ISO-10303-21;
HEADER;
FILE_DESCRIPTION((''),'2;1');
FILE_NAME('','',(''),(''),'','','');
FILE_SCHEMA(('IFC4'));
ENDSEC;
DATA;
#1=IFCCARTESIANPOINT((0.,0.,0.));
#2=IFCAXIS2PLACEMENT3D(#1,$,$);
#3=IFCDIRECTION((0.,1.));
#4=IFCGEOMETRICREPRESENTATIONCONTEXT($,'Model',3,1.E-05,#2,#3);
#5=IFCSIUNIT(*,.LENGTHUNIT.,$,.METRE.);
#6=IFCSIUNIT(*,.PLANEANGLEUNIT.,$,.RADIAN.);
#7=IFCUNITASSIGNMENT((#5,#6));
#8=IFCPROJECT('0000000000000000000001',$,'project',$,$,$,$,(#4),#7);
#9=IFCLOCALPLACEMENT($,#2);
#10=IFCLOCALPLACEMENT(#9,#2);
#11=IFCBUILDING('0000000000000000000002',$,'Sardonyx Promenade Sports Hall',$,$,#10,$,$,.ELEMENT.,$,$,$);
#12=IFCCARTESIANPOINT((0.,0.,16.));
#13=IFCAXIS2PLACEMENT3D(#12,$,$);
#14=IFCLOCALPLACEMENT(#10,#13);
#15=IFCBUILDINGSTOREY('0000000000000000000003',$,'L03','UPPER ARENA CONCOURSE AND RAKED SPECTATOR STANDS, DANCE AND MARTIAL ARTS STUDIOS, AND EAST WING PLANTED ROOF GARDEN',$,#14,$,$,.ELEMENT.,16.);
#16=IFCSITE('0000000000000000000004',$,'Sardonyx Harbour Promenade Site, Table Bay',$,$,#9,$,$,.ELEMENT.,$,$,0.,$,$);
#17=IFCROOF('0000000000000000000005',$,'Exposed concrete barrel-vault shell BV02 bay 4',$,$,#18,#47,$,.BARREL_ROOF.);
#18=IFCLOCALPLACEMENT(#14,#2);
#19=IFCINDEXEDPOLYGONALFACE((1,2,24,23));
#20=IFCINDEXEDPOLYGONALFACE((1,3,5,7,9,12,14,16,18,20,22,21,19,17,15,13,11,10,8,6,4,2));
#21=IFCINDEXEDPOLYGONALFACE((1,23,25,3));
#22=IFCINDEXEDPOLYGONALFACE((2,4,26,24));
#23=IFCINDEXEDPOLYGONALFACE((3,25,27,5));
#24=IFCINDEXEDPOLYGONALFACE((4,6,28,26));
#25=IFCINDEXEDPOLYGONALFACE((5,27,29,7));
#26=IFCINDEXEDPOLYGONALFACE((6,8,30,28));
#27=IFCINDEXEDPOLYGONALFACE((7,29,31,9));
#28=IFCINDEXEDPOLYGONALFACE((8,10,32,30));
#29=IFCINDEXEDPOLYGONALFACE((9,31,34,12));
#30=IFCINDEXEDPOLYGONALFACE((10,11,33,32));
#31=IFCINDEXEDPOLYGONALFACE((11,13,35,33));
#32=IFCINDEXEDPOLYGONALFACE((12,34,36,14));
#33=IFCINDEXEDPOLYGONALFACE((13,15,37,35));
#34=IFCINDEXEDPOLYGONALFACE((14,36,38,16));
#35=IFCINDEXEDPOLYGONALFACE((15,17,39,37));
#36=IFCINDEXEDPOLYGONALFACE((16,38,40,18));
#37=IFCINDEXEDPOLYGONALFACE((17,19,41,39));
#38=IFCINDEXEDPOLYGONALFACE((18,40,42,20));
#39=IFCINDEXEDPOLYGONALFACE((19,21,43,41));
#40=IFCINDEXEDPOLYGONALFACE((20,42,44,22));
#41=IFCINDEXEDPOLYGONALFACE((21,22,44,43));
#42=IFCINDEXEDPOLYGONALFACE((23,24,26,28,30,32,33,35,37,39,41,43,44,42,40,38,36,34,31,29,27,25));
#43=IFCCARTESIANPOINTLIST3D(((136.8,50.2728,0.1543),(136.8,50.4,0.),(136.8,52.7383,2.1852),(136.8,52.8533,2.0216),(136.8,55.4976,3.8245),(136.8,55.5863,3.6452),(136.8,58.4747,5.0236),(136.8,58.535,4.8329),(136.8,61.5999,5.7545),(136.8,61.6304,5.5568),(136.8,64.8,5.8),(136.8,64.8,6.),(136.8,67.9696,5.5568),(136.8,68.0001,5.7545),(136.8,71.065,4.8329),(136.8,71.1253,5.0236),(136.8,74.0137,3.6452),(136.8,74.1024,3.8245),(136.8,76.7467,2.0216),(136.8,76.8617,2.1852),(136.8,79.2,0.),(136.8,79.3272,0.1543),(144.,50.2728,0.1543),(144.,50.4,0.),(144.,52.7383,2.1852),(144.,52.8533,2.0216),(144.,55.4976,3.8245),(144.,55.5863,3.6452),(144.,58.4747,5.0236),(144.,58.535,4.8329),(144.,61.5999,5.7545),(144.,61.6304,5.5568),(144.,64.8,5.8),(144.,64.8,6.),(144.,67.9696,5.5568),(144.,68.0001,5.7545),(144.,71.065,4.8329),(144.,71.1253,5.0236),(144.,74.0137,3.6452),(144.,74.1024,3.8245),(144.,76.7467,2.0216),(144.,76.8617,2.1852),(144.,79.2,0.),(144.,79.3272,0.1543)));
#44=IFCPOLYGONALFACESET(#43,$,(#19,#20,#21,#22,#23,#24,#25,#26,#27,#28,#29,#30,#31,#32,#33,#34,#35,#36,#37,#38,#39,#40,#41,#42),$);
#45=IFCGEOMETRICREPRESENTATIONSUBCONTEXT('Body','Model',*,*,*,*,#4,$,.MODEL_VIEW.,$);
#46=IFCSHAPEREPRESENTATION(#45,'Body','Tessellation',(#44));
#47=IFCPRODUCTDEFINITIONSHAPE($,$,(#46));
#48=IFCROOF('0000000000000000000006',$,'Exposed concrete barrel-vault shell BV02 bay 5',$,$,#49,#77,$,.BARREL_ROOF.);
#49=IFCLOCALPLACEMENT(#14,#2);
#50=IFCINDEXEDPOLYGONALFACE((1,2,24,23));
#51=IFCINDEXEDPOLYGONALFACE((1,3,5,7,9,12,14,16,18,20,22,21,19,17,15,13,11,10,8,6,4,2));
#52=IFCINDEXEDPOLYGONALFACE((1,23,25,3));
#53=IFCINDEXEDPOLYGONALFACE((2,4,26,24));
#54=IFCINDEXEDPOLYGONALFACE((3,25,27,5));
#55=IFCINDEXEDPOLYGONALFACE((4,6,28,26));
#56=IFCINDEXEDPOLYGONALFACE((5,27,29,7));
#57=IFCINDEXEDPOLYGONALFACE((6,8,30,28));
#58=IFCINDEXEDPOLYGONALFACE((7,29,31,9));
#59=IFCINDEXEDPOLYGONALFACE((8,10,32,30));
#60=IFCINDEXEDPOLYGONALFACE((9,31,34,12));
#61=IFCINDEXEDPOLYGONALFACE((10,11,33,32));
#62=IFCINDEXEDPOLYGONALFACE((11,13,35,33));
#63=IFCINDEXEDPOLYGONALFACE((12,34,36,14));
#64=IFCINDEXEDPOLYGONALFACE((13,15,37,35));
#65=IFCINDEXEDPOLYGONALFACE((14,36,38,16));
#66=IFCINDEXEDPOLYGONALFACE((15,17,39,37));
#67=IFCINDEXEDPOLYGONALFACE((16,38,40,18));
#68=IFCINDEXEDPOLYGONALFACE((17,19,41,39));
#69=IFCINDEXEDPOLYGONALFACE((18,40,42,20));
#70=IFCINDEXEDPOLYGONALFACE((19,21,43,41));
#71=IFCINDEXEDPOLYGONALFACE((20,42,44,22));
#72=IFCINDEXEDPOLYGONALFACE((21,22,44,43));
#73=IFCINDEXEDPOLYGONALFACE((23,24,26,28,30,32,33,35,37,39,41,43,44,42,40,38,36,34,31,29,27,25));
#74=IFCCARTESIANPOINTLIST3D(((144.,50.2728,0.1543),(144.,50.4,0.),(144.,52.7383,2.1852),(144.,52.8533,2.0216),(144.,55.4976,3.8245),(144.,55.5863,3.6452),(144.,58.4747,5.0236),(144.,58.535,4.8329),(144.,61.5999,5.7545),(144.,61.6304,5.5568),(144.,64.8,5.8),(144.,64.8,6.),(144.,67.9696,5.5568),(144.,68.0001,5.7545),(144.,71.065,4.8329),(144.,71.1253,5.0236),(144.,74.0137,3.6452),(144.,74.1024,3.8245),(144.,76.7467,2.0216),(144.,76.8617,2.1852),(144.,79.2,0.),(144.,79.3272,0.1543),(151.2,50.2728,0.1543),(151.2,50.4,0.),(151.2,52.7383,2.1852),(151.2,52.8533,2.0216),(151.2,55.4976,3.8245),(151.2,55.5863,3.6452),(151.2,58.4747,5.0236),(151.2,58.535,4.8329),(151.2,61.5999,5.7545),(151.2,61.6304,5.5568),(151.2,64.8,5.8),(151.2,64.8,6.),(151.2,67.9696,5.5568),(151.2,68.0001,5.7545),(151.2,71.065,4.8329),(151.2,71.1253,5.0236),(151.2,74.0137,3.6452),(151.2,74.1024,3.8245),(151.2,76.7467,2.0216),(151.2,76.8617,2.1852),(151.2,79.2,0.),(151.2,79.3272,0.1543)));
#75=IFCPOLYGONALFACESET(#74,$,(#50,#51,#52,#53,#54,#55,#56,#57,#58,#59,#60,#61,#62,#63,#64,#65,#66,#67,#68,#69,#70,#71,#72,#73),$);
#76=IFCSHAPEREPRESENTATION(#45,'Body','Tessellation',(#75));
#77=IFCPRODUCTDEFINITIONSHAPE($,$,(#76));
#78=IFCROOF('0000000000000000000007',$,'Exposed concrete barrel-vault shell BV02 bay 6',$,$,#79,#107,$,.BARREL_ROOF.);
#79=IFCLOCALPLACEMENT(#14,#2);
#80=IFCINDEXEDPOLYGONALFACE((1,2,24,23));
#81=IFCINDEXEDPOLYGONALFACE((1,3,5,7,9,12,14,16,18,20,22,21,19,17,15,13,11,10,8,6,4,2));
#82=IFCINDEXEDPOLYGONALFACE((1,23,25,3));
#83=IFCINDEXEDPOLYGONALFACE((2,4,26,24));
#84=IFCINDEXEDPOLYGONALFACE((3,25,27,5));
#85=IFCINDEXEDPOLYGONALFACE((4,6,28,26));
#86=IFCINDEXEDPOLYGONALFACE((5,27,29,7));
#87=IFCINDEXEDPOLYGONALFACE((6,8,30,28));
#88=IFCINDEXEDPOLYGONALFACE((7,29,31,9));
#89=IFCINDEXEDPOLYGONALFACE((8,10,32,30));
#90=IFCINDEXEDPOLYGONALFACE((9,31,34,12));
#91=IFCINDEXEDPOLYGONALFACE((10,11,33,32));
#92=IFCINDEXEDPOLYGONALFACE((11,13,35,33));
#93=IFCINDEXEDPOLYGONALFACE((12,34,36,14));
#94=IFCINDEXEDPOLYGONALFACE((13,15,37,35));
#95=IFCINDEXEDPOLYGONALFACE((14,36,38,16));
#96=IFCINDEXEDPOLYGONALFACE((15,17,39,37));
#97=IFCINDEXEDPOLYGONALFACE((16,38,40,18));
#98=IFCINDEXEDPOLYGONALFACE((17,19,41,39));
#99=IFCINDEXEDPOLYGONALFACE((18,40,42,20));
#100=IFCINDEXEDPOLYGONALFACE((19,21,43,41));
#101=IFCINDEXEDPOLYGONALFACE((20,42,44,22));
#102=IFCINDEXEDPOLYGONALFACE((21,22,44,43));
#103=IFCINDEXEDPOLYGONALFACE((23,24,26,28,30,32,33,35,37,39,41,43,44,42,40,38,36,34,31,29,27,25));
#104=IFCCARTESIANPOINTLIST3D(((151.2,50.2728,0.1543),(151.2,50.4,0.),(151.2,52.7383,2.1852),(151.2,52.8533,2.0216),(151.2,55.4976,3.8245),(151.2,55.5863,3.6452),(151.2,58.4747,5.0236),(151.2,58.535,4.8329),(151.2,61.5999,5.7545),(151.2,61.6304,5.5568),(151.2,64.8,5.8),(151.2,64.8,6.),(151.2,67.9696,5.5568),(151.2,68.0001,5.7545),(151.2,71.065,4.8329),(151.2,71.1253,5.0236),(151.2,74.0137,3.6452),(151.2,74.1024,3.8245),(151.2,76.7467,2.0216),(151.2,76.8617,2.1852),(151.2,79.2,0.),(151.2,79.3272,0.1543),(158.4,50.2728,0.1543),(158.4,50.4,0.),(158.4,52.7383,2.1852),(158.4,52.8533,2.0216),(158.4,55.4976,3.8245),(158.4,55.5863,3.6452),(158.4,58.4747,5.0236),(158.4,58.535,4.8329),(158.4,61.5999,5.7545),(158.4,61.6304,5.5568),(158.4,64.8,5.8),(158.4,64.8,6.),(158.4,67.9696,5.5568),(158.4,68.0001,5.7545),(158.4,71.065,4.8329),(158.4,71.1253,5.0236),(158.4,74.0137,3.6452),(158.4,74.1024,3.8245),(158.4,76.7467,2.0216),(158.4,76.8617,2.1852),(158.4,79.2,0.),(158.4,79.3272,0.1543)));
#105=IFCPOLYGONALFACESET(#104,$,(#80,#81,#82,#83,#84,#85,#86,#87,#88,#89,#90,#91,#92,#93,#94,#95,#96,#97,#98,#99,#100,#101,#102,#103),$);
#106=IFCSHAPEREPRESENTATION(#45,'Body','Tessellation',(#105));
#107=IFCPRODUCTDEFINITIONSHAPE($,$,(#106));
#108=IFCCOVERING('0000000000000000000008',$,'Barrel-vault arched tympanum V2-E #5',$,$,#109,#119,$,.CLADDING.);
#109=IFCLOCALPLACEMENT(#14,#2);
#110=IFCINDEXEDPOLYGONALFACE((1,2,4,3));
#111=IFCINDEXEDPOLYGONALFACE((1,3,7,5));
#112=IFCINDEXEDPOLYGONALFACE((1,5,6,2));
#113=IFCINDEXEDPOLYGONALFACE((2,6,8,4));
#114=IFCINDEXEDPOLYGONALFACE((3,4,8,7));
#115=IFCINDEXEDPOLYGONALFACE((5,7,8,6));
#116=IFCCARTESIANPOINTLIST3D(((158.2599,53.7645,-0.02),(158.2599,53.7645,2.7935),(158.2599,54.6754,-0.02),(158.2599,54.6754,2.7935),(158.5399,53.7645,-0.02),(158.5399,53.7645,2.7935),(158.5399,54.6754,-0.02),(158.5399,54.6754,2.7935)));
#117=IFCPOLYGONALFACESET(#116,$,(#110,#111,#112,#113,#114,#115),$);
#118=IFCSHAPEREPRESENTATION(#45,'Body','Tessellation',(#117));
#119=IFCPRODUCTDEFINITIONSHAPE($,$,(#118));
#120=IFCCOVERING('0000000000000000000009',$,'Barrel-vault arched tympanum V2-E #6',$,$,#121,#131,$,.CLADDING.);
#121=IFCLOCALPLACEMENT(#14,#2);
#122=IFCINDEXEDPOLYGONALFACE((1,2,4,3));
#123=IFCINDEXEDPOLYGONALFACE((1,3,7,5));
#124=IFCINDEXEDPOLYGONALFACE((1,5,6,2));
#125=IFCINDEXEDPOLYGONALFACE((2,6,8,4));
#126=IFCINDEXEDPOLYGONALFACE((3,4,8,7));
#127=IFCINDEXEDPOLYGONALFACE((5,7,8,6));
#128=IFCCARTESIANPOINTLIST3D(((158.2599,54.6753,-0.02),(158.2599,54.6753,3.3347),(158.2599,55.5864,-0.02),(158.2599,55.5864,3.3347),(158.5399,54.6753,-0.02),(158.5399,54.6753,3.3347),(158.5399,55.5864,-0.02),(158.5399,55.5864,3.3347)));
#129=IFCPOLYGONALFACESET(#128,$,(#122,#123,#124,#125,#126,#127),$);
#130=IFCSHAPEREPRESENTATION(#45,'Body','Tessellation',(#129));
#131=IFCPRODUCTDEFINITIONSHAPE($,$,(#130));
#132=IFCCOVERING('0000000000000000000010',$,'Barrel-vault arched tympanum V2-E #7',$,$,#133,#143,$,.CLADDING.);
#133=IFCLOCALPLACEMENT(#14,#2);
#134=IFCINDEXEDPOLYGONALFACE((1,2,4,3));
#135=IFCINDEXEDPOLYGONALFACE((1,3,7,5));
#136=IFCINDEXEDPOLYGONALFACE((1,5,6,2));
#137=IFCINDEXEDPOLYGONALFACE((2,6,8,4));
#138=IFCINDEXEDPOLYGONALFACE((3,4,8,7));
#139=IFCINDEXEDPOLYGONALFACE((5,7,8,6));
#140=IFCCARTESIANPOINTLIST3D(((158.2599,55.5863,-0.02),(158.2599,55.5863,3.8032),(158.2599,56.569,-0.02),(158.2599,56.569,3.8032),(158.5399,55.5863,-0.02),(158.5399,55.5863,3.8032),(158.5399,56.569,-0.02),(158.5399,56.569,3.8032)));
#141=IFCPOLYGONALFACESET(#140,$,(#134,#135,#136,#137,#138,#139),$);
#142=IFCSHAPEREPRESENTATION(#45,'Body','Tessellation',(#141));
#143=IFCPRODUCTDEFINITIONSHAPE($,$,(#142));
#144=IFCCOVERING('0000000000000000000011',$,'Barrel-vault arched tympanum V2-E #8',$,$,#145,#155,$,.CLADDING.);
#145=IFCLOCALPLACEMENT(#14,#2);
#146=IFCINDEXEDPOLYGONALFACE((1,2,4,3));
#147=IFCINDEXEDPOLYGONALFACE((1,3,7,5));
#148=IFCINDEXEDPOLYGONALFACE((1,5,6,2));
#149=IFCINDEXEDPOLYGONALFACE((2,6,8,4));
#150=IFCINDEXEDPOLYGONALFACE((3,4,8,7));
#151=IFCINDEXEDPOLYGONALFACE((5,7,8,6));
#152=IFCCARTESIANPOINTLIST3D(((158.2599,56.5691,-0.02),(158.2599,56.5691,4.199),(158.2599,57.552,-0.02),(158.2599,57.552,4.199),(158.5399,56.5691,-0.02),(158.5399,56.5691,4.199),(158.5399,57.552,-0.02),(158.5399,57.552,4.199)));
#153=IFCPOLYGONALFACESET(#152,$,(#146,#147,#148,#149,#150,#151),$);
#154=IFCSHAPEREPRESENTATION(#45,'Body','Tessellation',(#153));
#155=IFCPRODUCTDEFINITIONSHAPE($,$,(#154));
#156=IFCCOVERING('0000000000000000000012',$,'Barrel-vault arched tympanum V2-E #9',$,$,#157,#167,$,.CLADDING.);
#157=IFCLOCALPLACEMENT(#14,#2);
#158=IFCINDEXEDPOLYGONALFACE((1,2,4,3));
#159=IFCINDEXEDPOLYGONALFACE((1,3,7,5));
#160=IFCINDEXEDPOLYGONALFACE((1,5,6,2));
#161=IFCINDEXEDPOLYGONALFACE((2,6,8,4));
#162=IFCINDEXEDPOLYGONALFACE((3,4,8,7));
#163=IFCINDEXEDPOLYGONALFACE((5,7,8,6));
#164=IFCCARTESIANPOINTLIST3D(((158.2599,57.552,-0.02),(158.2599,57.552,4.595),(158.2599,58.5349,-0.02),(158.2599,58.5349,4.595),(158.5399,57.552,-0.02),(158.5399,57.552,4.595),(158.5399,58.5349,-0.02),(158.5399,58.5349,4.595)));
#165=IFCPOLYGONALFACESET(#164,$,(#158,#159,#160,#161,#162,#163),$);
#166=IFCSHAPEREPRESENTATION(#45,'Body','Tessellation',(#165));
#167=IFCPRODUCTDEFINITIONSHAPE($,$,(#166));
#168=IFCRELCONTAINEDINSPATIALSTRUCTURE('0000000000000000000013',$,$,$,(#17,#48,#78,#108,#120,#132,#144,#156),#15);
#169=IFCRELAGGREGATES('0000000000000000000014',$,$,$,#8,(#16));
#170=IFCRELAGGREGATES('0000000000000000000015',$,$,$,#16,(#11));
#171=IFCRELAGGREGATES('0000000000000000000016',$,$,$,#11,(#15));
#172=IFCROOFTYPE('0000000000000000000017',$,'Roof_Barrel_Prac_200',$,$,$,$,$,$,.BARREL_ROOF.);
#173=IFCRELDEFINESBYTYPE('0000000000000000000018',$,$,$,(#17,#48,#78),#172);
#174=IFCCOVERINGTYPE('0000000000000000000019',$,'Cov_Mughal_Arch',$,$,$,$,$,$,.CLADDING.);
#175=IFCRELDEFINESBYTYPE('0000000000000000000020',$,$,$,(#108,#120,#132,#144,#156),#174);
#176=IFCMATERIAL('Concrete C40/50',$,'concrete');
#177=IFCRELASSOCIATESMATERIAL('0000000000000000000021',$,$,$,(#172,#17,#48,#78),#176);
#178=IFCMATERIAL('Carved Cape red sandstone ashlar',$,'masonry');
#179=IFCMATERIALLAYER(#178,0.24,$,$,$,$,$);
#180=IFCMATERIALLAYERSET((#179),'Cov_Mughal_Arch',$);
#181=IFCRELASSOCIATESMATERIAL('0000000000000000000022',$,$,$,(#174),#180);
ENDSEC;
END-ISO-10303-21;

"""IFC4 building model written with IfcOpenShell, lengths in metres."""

from ifc_helpers import new_model, si_unit, direction, frame, frame_2d, origin, place, context, subcontext, project, spatial, polyline, rectangle, outline, extrude, material, layer, layer_set, type_object, element, save


model = new_model("IFC4")

# Units and contexts
model_context = context("Model", 3, precision=1e-05, world=origin(), true_north=direction((0.0, 1.0)))
body_context = subcontext(model_context, "Body", "Model", "MODEL_VIEW")
ifc_project = project(units=[si_unit("LENGTHUNIT", "METRE"), si_unit("PLANEANGLEUNIT", "RADIAN")], contexts=[model_context])

# Site, building, storey
site_placement = place(None, origin())
site = spatial("IfcSite", under=ifc_project, at=site_placement, Name="Sardonyx Harbour Promenade Site, Table Bay", CompositionType="ELEMENT", RefElevation=0.0)
building_placement = place(site_placement, origin())
building = spatial("IfcBuilding", under=site, at=building_placement, Name="Sardonyx Promenade Sports Hall", CompositionType="ELEMENT")
storey_placement = place(building_placement, frame((0.0, 0.0, 16.0)))
storey = spatial("IfcBuildingStorey", under=building, at=storey_placement, Name="L03", Description="UPPER ARENA CONCOURSE AND RAKED SPECTATOR STANDS, DANCE AND MARTIAL ARTS STUDIOS, AND EAST WING PLANTED ROOF GARDEN", CompositionType="ELEMENT", Elevation=16.0)

# Roofs
ifc_material_1 = material(Name="Concrete C40/50", Category="concrete")
roof_type = type_object("IfcRoofType", Name="Roof_Barrel_Prac_200", PredefinedType="BARREL_ROOF", material=ifc_material_1)
for number, where, z_axis, x_axis, name in (
    (1, (136.8, 64.8, 0.0), (1.0, 0.0, 0.0), (0.0, 1.0, 0.0), "Exposed concrete barrel-vault shell BV02 bay 4"),
    (2, (144.0, 64.8, 0.0), (1.0, 0.0, 0.0), (0.0, 1.0, 0.0), "Exposed concrete barrel-vault shell BV02 bay 5"),
    (3, (151.2, 64.8, 0.0), (1.0, 0.0, 0.0), (0.0, 1.0, 0.0), "Exposed concrete barrel-vault shell BV02 bay 6"),
):
    element("IfcRoof", number, at=place(storey_placement, frame(where, z_axis=z_axis, x_axis=x_axis)), inside=storey, type_object=roof_type, material=ifc_material_1, Name=name, PredefinedType="BARREL_ROOF", context=body_context, shape_type="SweptSolid", body=[
        extrude(outline(polyline([(-14.4, 0.0), (-11.9467, 2.0216), (-9.2137, 3.6452), (-6.265, 4.8329), (-3.1696, 5.5568), (0.0, 5.8), (3.1696, 5.5568), (6.265, 4.8329), (9.2137, 3.6452), (11.9467, 2.0216), (14.4, 0.0), (14.5272, 0.1543), (12.0617, 2.1852), (9.3024, 3.8245), (6.3253, 5.0236), (3.2001, 5.7545), (0.0, 6.0), (-3.2001, 5.7545), (-6.3253, 5.0236), (-9.3024, 3.8245), (-12.0617, 2.1852), (-14.5272, 0.1543), (-14.4, 0.0)])), origin(), (0.0, 0.0, 1.0), 7.2),
    ])

# Coverings
ifc_material_2 = material(Name="Carved Cape red sandstone ashlar", Category="masonry")
ifc_layer = layer(ifc_material_2, 0.24)
ifc_layer_set = layer_set([ifc_layer], Name="Cov_Mughal_Arch")
covering_type = type_object("IfcCoveringType", Name="Cov_Mughal_Arch", PredefinedType="CLADDING", material=ifc_layer_set)
covering_1_placement = place(storey_placement, frame((158.3999, 53.7644, -0.02), z_axis=(0.0, 0.0, 1.0), x_axis=(0.0, 1.0, 0.0)))
element("IfcCovering", 4, at=covering_1_placement, inside=storey, type_object=covering_type, Name="Barrel-vault arched tympanum V2-E #5", PredefinedType="CLADDING", context=body_context, shape_type="SweptSolid", body=[
    extrude(rectangle(XDim=0.9109, YDim=0.28, at=frame_2d((0.4556, 0.0))), origin(), (0.0, 0.0, 1.0), 2.8135),
])
covering_2_placement = place(storey_placement, frame((158.3999, 54.6753, -0.02), z_axis=(0.0, 0.0, 1.0), x_axis=(0.0, 1.0, 0.0)))
element("IfcCovering", 5, at=covering_2_placement, inside=storey, type_object=covering_type, Name="Barrel-vault arched tympanum V2-E #6", PredefinedType="CLADDING", context=body_context, shape_type="SweptSolid", body=[
    extrude(rectangle(XDim=0.9111, YDim=0.28, at=frame_2d((0.4556, 0.0))), origin(), (0.0, 0.0, 1.0), 3.3547),
])
covering_3_placement = place(storey_placement, frame((158.3999, 55.5864, -0.02), z_axis=(0.0, 0.0, 1.0), x_axis=(0.0, 1.0, 0.0)))
element("IfcCovering", 6, at=covering_3_placement, inside=storey, type_object=covering_type, Name="Barrel-vault arched tympanum V2-E #7", PredefinedType="CLADDING", context=body_context, shape_type="SweptSolid", body=[
    extrude(rectangle(XDim=0.9827, YDim=0.28, at=frame_2d((0.4912, 0.0))), origin(), (0.0, 0.0, 1.0), 3.8232),
])
covering_4_placement = place(storey_placement, frame((158.3999, 56.5691, -0.02), z_axis=(0.0, 0.0, 1.0), x_axis=(0.0, 1.0, 0.0)))
element("IfcCovering", 7, at=covering_4_placement, inside=storey, type_object=covering_type, Name="Barrel-vault arched tympanum V2-E #8", PredefinedType="CLADDING", context=body_context, shape_type="SweptSolid", body=[
    extrude(rectangle(XDim=0.9829, YDim=0.28, at=frame_2d((0.4915, 0.0))), origin(), (0.0, 0.0, 1.0), 4.219),
])
covering_5_placement = place(storey_placement, frame((158.3999, 57.552, -0.02), z_axis=(0.0, 0.0, 1.0), x_axis=(0.0, 1.0, 0.0)))
element("IfcCovering", 8, at=covering_5_placement, inside=storey, type_object=covering_type, Name="Barrel-vault arched tympanum V2-E #9", PredefinedType="CLADDING", context=body_context, shape_type="SweptSolid", body=[
    extrude(rectangle(XDim=0.9829, YDim=0.28, at=frame_2d((0.4915, 0.0))), origin(), (0.0, 0.0, 1.0), 4.615),
])

save(model, "model.ifc")
